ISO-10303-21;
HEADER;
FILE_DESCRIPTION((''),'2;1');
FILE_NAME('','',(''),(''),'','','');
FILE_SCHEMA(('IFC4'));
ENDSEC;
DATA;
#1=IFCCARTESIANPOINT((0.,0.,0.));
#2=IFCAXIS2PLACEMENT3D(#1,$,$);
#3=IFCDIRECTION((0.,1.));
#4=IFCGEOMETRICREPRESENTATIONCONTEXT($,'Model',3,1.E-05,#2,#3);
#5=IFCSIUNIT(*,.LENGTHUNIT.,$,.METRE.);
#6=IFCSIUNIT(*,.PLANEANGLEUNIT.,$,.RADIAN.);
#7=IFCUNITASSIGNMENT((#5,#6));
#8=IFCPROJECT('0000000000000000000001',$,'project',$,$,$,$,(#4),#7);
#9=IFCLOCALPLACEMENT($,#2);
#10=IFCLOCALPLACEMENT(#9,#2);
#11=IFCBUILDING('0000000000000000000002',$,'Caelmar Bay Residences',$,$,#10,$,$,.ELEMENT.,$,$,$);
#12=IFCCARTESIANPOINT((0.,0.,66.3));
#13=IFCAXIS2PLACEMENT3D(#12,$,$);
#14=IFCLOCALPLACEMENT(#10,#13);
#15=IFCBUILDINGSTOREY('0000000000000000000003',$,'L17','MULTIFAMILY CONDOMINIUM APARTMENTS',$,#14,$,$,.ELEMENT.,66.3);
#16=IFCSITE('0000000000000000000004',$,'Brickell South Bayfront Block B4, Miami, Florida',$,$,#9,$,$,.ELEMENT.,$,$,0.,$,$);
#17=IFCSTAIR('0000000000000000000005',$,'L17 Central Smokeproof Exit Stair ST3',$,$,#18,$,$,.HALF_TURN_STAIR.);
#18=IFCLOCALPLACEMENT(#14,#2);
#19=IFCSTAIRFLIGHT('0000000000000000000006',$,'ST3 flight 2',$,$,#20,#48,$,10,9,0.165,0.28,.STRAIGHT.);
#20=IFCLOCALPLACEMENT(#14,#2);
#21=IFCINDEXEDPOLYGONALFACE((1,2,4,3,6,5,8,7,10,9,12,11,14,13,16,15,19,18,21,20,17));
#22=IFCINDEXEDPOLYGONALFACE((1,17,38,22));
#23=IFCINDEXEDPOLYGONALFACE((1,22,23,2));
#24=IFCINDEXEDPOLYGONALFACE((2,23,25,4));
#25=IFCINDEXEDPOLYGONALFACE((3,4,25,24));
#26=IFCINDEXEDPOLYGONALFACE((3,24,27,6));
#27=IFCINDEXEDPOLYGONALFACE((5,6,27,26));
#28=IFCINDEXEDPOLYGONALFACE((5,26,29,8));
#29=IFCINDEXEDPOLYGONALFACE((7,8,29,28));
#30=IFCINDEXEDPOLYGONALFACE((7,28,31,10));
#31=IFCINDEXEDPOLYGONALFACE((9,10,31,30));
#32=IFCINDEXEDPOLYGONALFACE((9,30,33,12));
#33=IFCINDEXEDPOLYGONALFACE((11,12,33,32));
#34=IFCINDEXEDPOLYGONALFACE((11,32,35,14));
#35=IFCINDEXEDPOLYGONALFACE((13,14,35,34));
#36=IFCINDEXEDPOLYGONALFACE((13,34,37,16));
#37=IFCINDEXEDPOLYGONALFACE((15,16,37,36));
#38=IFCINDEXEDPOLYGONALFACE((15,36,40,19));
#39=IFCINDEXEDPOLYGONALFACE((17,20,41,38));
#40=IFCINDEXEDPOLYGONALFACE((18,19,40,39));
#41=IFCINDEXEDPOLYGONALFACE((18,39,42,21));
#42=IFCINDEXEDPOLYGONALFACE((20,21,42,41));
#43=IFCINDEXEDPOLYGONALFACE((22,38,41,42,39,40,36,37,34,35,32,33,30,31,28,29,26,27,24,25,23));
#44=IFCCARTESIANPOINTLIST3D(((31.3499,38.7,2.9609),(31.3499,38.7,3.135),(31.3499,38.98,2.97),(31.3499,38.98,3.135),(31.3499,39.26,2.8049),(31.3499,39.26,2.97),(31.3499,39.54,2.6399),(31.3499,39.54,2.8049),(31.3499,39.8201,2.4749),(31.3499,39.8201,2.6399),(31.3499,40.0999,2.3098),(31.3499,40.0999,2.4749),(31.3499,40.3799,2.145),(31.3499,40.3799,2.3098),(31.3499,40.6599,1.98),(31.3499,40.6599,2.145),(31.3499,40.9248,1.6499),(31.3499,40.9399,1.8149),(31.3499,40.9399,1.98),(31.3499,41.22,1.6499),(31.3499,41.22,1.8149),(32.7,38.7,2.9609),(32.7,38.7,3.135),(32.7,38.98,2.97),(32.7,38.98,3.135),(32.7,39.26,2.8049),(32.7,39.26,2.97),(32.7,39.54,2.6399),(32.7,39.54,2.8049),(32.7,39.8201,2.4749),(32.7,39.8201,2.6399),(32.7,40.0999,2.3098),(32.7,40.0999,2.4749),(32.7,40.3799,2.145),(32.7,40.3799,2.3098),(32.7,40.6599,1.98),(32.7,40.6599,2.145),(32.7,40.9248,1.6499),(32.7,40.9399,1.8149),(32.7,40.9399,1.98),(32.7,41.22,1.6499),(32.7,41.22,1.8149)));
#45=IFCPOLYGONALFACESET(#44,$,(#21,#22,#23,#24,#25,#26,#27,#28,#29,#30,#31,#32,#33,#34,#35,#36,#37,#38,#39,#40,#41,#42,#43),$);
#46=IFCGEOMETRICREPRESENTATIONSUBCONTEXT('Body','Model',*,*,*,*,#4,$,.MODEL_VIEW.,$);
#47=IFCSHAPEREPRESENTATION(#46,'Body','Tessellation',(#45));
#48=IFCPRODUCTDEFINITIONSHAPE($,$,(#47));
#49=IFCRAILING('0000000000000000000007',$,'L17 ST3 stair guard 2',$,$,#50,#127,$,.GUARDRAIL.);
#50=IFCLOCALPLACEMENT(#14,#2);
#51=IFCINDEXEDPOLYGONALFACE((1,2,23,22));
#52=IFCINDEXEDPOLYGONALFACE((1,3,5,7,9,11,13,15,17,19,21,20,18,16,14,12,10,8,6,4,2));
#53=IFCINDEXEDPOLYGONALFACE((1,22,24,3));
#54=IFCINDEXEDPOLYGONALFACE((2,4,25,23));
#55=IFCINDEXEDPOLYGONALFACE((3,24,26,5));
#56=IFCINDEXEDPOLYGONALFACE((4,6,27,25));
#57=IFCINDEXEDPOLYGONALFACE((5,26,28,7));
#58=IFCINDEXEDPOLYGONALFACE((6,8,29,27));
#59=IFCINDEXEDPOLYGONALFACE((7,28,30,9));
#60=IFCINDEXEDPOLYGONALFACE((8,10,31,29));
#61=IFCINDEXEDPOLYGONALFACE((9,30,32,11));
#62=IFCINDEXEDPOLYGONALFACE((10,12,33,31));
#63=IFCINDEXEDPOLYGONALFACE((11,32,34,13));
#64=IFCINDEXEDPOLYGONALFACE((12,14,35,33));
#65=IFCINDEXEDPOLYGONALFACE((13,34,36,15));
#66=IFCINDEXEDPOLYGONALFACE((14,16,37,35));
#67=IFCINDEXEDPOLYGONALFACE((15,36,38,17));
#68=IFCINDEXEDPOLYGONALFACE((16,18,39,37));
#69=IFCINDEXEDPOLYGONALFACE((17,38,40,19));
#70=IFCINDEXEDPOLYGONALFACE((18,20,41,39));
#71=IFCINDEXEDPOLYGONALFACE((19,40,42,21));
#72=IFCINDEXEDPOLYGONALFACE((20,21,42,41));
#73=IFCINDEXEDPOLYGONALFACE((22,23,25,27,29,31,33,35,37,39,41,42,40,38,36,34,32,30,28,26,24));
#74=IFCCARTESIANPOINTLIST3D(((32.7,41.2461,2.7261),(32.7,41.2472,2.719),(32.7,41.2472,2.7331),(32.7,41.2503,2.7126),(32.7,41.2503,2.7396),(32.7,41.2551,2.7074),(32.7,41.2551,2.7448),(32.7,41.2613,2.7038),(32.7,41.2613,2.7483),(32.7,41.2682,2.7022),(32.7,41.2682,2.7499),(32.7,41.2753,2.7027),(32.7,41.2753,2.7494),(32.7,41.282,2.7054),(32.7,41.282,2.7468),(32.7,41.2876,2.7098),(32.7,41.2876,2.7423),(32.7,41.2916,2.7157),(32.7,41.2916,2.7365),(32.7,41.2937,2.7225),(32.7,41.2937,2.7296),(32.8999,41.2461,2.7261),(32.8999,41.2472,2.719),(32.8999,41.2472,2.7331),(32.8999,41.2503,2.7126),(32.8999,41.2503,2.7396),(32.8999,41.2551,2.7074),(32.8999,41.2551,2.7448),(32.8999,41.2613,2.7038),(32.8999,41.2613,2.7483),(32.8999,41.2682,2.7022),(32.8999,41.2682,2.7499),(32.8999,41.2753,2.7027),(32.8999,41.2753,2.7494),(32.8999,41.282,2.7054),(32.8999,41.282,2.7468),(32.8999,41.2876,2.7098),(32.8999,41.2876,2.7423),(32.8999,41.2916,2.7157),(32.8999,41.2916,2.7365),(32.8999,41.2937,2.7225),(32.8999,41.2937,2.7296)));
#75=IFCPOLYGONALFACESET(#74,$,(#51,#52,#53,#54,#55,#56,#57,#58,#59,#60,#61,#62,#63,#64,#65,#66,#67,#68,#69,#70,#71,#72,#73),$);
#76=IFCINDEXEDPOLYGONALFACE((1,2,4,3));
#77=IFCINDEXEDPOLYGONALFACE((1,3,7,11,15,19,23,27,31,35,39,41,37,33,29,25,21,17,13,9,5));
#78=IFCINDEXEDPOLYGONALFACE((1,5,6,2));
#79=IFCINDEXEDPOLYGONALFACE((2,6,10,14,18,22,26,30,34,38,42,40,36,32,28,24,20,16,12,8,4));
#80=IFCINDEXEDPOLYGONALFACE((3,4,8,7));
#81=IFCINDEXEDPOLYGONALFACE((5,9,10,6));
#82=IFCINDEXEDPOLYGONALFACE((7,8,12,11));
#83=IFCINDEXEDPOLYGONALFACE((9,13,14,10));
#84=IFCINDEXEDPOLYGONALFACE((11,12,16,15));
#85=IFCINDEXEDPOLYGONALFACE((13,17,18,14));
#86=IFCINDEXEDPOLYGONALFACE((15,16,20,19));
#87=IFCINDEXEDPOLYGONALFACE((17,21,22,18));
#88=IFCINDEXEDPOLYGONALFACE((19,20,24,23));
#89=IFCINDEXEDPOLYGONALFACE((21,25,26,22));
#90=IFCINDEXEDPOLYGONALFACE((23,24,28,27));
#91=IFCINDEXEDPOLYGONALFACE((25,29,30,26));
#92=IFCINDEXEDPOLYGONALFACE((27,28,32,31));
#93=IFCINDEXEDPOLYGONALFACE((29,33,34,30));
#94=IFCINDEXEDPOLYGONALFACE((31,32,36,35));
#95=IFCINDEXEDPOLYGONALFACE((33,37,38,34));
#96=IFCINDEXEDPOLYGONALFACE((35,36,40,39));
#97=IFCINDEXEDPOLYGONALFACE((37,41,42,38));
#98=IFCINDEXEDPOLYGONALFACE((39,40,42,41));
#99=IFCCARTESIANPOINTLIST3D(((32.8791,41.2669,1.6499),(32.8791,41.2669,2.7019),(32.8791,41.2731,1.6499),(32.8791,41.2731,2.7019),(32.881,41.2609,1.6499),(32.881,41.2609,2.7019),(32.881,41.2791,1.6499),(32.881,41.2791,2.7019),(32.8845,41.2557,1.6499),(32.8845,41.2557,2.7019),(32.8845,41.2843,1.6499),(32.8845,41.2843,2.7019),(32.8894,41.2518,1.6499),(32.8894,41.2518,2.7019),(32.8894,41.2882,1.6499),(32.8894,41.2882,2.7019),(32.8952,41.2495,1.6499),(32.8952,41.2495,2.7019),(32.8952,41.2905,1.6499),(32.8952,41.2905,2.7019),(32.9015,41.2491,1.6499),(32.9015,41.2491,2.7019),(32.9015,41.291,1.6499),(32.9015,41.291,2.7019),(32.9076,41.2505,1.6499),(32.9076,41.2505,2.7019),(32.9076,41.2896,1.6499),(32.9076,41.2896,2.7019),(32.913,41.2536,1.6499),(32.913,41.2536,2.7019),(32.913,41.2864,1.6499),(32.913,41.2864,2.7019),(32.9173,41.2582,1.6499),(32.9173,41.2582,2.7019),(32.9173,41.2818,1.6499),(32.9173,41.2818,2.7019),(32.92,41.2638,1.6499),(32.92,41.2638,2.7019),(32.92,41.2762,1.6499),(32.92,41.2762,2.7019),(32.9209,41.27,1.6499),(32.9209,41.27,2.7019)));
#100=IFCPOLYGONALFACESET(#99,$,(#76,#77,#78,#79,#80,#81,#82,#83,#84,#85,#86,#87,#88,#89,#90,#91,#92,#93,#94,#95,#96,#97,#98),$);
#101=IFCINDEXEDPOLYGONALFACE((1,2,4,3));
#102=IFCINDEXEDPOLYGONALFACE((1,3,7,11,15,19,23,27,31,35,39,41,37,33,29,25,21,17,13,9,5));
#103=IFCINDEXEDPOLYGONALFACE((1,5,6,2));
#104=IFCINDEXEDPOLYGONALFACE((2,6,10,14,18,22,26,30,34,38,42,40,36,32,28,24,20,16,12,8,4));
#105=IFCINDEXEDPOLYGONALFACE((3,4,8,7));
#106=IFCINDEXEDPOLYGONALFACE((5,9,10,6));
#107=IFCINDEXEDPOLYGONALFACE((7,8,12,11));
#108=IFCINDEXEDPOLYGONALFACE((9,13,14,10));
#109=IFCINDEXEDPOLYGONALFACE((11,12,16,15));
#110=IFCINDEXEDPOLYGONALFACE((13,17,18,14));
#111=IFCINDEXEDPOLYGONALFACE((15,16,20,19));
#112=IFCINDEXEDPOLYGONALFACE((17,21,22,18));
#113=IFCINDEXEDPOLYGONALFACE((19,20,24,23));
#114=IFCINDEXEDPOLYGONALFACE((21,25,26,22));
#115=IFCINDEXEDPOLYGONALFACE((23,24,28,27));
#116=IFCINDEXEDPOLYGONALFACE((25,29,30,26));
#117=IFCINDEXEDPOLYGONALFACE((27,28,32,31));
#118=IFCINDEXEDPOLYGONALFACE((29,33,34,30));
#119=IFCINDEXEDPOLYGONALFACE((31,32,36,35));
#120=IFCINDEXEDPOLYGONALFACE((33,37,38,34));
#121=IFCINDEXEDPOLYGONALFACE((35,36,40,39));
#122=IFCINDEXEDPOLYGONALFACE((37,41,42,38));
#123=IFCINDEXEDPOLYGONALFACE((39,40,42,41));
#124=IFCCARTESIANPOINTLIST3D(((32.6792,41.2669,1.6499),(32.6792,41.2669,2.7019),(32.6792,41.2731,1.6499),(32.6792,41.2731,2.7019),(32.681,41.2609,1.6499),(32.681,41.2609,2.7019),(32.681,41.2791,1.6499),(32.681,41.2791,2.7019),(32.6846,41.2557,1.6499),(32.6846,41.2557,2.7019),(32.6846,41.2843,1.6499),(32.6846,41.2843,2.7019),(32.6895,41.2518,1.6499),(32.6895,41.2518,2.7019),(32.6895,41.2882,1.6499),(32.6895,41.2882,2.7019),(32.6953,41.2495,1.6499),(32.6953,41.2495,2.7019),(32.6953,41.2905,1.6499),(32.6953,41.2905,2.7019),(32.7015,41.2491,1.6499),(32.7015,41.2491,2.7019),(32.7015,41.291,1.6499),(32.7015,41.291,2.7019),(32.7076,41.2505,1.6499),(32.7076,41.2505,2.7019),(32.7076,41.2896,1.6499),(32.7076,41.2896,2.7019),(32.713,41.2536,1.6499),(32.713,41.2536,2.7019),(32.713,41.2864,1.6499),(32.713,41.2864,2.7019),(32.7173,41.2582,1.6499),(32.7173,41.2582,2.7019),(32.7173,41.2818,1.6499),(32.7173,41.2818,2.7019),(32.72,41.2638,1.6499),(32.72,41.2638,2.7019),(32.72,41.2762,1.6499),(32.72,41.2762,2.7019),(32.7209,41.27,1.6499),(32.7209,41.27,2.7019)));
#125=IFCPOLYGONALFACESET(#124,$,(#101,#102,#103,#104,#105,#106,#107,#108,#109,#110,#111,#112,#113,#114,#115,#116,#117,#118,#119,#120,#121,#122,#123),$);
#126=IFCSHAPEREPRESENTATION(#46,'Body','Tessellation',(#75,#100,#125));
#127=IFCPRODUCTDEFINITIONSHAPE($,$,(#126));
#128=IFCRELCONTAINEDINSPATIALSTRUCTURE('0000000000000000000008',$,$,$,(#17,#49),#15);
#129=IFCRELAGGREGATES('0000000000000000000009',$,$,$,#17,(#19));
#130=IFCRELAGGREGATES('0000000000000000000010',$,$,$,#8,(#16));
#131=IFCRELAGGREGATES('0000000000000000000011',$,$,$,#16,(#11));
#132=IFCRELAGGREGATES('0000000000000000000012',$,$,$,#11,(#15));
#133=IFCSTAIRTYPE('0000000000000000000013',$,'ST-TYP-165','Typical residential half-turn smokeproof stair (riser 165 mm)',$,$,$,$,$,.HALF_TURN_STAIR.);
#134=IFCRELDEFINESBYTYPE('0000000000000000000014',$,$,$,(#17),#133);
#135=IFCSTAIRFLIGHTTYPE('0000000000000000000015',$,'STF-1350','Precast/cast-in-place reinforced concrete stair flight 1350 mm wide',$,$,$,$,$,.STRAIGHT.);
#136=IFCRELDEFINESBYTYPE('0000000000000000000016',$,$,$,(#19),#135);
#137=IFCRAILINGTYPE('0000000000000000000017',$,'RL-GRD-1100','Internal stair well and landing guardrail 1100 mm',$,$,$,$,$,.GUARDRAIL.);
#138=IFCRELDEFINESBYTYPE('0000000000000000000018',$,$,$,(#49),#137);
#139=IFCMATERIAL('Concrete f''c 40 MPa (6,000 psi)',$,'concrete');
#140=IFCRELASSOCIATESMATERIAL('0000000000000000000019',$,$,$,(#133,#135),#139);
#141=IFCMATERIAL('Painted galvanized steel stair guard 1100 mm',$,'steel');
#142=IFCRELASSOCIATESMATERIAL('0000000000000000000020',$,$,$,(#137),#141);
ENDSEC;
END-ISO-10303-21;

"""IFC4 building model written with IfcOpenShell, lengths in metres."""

from ifc_helpers import new_model, si_unit, direction, frame, origin, origin_2d, place, context, subcontext, project, spatial, polyline, circle, outline, extrude, material, type_object, element, aggregate, save


model = new_model("IFC4")

# Units and contexts
model_context = context("Model", 3, precision=1e-05, world=origin(), true_north=direction((0.0, 1.0)))
body_context = subcontext(model_context, "Body", "Model", "MODEL_VIEW")
ifc_project = project(units=[si_unit("LENGTHUNIT", "METRE"), si_unit("PLANEANGLEUNIT", "RADIAN")], contexts=[model_context])

# Site, building, storey
site_placement = place(None, origin())
site = spatial("IfcSite", under=ifc_project, at=site_placement, Name="Brickell South Bayfront Block B4, Miami, Florida", CompositionType="ELEMENT", RefElevation=0.0)
building_placement = place(site_placement, origin())
building = spatial("IfcBuilding", under=site, at=building_placement, Name="Caelmar Bay Residences", CompositionType="ELEMENT")
storey_placement = place(building_placement, frame((0.0, 0.0, 66.3)))
storey = spatial("IfcBuildingStorey", under=building, at=storey_placement, Name="L17", Description="MULTIFAMILY CONDOMINIUM APARTMENTS", CompositionType="ELEMENT", Elevation=66.3)

# Stair, stair flight
ifc_material_1 = material(Name="Concrete f'c 40 MPa (6,000 psi)", Category="concrete")
stair_type = type_object("IfcStairType", Name="ST-TYP-165", Description="Typical residential half-turn smokeproof stair (riser 165 mm)", PredefinedType="HALF_TURN_STAIR", material=ifc_material_1)
stair_placement = place(storey_placement, origin())
stair = element("IfcStair", 1, at=stair_placement, inside=storey, type_object=stair_type, Name="L17 Central Smokeproof Exit Stair ST3", PredefinedType="HALF_TURN_STAIR")
stair_flight_type = type_object("IfcStairFlightType", Name="STF-1350", Description="Precast/cast-in-place reinforced concrete stair flight 1350 mm wide", PredefinedType="STRAIGHT", material=ifc_material_1)
stair_flight_placement = place(storey_placement, frame((32.0249, 41.22, 1.6499), z_axis=(0.0, 0.0, 1.0), x_axis=(0.0, -1.0, 0.0)))
stair_flight = element("IfcStairFlight", 2, at=stair_flight_placement, type_object=stair_flight_type, Name="ST3 flight 2", NumberOfRisers=10, NumberOfTreads=9, PredefinedType="STRAIGHT", RiserHeight=0.165, TreadLength=0.28, context=body_context, shape_type="SweptSolid", body=[
    extrude(outline(polyline([(0.0, 0.0), (0.0, 0.165), (0.28, 0.165), (0.28, 0.3301), (0.5601, 0.3301), (0.5601, 0.4951), (0.8401, 0.4951), (0.8401, 0.6599), (1.1201, 0.6599), (1.1201, 0.825), (1.3999, 0.825), (1.3999, 0.99), (1.6799, 0.99), (1.6799, 1.155), (1.96, 1.155), (1.96, 1.3201), (2.24, 1.3201), (2.24, 1.4851), (2.52, 1.4851), (2.52, 1.6499), (2.52, 1.311), (0.2952, 0.0), (0.0, 0.0)])), frame((0.0, 0.675, 0.0), z_axis=(0.0, -1.0, 0.0), x_axis=(1.0, 0.0, 0.0)), (0.0, 0.0, 1.0), 1.3501),
])
aggregate(stair, [stair_flight])

# Railing
ifc_material_2 = material(Name="Painted galvanized steel stair guard 1100 mm", Category="steel")
railing_type_1 = type_object("IfcRailingType", Name="RL-GRD-1100", Description="Internal stair well and landing guardrail 1100 mm", PredefinedType="GUARDRAIL", material=ifc_material_2)
railing_1_placement = place(storey_placement, frame((32.8999, 41.27, 1.6499)))
element("IfcRailing", 3, at=railing_1_placement, inside=storey, type_object=railing_type_1, Name="L17 ST3 stair guard 2", PredefinedType="GUARDRAIL", context=body_context, shape_type="SweptSolid", body=[
    extrude(circle(Radius=0.0239, at=origin_2d()), frame((0.0, 0.0, 1.0762), z_axis=(-1.0, 0.0, 0.0), x_axis=(0.0, -1.0, 0.0)), (0.0, 0.0, 1.0), 0.2),
    extrude(circle(Radius=0.021, at=origin_2d()), origin(), (0.0, 0.0, 1.0), 1.052),
    extrude(circle(Radius=0.021, at=origin_2d()), frame((-0.2, 0.0, 0.0)), (0.0, 0.0, 1.0), 1.052),
])

save(model, "model.ifc")
